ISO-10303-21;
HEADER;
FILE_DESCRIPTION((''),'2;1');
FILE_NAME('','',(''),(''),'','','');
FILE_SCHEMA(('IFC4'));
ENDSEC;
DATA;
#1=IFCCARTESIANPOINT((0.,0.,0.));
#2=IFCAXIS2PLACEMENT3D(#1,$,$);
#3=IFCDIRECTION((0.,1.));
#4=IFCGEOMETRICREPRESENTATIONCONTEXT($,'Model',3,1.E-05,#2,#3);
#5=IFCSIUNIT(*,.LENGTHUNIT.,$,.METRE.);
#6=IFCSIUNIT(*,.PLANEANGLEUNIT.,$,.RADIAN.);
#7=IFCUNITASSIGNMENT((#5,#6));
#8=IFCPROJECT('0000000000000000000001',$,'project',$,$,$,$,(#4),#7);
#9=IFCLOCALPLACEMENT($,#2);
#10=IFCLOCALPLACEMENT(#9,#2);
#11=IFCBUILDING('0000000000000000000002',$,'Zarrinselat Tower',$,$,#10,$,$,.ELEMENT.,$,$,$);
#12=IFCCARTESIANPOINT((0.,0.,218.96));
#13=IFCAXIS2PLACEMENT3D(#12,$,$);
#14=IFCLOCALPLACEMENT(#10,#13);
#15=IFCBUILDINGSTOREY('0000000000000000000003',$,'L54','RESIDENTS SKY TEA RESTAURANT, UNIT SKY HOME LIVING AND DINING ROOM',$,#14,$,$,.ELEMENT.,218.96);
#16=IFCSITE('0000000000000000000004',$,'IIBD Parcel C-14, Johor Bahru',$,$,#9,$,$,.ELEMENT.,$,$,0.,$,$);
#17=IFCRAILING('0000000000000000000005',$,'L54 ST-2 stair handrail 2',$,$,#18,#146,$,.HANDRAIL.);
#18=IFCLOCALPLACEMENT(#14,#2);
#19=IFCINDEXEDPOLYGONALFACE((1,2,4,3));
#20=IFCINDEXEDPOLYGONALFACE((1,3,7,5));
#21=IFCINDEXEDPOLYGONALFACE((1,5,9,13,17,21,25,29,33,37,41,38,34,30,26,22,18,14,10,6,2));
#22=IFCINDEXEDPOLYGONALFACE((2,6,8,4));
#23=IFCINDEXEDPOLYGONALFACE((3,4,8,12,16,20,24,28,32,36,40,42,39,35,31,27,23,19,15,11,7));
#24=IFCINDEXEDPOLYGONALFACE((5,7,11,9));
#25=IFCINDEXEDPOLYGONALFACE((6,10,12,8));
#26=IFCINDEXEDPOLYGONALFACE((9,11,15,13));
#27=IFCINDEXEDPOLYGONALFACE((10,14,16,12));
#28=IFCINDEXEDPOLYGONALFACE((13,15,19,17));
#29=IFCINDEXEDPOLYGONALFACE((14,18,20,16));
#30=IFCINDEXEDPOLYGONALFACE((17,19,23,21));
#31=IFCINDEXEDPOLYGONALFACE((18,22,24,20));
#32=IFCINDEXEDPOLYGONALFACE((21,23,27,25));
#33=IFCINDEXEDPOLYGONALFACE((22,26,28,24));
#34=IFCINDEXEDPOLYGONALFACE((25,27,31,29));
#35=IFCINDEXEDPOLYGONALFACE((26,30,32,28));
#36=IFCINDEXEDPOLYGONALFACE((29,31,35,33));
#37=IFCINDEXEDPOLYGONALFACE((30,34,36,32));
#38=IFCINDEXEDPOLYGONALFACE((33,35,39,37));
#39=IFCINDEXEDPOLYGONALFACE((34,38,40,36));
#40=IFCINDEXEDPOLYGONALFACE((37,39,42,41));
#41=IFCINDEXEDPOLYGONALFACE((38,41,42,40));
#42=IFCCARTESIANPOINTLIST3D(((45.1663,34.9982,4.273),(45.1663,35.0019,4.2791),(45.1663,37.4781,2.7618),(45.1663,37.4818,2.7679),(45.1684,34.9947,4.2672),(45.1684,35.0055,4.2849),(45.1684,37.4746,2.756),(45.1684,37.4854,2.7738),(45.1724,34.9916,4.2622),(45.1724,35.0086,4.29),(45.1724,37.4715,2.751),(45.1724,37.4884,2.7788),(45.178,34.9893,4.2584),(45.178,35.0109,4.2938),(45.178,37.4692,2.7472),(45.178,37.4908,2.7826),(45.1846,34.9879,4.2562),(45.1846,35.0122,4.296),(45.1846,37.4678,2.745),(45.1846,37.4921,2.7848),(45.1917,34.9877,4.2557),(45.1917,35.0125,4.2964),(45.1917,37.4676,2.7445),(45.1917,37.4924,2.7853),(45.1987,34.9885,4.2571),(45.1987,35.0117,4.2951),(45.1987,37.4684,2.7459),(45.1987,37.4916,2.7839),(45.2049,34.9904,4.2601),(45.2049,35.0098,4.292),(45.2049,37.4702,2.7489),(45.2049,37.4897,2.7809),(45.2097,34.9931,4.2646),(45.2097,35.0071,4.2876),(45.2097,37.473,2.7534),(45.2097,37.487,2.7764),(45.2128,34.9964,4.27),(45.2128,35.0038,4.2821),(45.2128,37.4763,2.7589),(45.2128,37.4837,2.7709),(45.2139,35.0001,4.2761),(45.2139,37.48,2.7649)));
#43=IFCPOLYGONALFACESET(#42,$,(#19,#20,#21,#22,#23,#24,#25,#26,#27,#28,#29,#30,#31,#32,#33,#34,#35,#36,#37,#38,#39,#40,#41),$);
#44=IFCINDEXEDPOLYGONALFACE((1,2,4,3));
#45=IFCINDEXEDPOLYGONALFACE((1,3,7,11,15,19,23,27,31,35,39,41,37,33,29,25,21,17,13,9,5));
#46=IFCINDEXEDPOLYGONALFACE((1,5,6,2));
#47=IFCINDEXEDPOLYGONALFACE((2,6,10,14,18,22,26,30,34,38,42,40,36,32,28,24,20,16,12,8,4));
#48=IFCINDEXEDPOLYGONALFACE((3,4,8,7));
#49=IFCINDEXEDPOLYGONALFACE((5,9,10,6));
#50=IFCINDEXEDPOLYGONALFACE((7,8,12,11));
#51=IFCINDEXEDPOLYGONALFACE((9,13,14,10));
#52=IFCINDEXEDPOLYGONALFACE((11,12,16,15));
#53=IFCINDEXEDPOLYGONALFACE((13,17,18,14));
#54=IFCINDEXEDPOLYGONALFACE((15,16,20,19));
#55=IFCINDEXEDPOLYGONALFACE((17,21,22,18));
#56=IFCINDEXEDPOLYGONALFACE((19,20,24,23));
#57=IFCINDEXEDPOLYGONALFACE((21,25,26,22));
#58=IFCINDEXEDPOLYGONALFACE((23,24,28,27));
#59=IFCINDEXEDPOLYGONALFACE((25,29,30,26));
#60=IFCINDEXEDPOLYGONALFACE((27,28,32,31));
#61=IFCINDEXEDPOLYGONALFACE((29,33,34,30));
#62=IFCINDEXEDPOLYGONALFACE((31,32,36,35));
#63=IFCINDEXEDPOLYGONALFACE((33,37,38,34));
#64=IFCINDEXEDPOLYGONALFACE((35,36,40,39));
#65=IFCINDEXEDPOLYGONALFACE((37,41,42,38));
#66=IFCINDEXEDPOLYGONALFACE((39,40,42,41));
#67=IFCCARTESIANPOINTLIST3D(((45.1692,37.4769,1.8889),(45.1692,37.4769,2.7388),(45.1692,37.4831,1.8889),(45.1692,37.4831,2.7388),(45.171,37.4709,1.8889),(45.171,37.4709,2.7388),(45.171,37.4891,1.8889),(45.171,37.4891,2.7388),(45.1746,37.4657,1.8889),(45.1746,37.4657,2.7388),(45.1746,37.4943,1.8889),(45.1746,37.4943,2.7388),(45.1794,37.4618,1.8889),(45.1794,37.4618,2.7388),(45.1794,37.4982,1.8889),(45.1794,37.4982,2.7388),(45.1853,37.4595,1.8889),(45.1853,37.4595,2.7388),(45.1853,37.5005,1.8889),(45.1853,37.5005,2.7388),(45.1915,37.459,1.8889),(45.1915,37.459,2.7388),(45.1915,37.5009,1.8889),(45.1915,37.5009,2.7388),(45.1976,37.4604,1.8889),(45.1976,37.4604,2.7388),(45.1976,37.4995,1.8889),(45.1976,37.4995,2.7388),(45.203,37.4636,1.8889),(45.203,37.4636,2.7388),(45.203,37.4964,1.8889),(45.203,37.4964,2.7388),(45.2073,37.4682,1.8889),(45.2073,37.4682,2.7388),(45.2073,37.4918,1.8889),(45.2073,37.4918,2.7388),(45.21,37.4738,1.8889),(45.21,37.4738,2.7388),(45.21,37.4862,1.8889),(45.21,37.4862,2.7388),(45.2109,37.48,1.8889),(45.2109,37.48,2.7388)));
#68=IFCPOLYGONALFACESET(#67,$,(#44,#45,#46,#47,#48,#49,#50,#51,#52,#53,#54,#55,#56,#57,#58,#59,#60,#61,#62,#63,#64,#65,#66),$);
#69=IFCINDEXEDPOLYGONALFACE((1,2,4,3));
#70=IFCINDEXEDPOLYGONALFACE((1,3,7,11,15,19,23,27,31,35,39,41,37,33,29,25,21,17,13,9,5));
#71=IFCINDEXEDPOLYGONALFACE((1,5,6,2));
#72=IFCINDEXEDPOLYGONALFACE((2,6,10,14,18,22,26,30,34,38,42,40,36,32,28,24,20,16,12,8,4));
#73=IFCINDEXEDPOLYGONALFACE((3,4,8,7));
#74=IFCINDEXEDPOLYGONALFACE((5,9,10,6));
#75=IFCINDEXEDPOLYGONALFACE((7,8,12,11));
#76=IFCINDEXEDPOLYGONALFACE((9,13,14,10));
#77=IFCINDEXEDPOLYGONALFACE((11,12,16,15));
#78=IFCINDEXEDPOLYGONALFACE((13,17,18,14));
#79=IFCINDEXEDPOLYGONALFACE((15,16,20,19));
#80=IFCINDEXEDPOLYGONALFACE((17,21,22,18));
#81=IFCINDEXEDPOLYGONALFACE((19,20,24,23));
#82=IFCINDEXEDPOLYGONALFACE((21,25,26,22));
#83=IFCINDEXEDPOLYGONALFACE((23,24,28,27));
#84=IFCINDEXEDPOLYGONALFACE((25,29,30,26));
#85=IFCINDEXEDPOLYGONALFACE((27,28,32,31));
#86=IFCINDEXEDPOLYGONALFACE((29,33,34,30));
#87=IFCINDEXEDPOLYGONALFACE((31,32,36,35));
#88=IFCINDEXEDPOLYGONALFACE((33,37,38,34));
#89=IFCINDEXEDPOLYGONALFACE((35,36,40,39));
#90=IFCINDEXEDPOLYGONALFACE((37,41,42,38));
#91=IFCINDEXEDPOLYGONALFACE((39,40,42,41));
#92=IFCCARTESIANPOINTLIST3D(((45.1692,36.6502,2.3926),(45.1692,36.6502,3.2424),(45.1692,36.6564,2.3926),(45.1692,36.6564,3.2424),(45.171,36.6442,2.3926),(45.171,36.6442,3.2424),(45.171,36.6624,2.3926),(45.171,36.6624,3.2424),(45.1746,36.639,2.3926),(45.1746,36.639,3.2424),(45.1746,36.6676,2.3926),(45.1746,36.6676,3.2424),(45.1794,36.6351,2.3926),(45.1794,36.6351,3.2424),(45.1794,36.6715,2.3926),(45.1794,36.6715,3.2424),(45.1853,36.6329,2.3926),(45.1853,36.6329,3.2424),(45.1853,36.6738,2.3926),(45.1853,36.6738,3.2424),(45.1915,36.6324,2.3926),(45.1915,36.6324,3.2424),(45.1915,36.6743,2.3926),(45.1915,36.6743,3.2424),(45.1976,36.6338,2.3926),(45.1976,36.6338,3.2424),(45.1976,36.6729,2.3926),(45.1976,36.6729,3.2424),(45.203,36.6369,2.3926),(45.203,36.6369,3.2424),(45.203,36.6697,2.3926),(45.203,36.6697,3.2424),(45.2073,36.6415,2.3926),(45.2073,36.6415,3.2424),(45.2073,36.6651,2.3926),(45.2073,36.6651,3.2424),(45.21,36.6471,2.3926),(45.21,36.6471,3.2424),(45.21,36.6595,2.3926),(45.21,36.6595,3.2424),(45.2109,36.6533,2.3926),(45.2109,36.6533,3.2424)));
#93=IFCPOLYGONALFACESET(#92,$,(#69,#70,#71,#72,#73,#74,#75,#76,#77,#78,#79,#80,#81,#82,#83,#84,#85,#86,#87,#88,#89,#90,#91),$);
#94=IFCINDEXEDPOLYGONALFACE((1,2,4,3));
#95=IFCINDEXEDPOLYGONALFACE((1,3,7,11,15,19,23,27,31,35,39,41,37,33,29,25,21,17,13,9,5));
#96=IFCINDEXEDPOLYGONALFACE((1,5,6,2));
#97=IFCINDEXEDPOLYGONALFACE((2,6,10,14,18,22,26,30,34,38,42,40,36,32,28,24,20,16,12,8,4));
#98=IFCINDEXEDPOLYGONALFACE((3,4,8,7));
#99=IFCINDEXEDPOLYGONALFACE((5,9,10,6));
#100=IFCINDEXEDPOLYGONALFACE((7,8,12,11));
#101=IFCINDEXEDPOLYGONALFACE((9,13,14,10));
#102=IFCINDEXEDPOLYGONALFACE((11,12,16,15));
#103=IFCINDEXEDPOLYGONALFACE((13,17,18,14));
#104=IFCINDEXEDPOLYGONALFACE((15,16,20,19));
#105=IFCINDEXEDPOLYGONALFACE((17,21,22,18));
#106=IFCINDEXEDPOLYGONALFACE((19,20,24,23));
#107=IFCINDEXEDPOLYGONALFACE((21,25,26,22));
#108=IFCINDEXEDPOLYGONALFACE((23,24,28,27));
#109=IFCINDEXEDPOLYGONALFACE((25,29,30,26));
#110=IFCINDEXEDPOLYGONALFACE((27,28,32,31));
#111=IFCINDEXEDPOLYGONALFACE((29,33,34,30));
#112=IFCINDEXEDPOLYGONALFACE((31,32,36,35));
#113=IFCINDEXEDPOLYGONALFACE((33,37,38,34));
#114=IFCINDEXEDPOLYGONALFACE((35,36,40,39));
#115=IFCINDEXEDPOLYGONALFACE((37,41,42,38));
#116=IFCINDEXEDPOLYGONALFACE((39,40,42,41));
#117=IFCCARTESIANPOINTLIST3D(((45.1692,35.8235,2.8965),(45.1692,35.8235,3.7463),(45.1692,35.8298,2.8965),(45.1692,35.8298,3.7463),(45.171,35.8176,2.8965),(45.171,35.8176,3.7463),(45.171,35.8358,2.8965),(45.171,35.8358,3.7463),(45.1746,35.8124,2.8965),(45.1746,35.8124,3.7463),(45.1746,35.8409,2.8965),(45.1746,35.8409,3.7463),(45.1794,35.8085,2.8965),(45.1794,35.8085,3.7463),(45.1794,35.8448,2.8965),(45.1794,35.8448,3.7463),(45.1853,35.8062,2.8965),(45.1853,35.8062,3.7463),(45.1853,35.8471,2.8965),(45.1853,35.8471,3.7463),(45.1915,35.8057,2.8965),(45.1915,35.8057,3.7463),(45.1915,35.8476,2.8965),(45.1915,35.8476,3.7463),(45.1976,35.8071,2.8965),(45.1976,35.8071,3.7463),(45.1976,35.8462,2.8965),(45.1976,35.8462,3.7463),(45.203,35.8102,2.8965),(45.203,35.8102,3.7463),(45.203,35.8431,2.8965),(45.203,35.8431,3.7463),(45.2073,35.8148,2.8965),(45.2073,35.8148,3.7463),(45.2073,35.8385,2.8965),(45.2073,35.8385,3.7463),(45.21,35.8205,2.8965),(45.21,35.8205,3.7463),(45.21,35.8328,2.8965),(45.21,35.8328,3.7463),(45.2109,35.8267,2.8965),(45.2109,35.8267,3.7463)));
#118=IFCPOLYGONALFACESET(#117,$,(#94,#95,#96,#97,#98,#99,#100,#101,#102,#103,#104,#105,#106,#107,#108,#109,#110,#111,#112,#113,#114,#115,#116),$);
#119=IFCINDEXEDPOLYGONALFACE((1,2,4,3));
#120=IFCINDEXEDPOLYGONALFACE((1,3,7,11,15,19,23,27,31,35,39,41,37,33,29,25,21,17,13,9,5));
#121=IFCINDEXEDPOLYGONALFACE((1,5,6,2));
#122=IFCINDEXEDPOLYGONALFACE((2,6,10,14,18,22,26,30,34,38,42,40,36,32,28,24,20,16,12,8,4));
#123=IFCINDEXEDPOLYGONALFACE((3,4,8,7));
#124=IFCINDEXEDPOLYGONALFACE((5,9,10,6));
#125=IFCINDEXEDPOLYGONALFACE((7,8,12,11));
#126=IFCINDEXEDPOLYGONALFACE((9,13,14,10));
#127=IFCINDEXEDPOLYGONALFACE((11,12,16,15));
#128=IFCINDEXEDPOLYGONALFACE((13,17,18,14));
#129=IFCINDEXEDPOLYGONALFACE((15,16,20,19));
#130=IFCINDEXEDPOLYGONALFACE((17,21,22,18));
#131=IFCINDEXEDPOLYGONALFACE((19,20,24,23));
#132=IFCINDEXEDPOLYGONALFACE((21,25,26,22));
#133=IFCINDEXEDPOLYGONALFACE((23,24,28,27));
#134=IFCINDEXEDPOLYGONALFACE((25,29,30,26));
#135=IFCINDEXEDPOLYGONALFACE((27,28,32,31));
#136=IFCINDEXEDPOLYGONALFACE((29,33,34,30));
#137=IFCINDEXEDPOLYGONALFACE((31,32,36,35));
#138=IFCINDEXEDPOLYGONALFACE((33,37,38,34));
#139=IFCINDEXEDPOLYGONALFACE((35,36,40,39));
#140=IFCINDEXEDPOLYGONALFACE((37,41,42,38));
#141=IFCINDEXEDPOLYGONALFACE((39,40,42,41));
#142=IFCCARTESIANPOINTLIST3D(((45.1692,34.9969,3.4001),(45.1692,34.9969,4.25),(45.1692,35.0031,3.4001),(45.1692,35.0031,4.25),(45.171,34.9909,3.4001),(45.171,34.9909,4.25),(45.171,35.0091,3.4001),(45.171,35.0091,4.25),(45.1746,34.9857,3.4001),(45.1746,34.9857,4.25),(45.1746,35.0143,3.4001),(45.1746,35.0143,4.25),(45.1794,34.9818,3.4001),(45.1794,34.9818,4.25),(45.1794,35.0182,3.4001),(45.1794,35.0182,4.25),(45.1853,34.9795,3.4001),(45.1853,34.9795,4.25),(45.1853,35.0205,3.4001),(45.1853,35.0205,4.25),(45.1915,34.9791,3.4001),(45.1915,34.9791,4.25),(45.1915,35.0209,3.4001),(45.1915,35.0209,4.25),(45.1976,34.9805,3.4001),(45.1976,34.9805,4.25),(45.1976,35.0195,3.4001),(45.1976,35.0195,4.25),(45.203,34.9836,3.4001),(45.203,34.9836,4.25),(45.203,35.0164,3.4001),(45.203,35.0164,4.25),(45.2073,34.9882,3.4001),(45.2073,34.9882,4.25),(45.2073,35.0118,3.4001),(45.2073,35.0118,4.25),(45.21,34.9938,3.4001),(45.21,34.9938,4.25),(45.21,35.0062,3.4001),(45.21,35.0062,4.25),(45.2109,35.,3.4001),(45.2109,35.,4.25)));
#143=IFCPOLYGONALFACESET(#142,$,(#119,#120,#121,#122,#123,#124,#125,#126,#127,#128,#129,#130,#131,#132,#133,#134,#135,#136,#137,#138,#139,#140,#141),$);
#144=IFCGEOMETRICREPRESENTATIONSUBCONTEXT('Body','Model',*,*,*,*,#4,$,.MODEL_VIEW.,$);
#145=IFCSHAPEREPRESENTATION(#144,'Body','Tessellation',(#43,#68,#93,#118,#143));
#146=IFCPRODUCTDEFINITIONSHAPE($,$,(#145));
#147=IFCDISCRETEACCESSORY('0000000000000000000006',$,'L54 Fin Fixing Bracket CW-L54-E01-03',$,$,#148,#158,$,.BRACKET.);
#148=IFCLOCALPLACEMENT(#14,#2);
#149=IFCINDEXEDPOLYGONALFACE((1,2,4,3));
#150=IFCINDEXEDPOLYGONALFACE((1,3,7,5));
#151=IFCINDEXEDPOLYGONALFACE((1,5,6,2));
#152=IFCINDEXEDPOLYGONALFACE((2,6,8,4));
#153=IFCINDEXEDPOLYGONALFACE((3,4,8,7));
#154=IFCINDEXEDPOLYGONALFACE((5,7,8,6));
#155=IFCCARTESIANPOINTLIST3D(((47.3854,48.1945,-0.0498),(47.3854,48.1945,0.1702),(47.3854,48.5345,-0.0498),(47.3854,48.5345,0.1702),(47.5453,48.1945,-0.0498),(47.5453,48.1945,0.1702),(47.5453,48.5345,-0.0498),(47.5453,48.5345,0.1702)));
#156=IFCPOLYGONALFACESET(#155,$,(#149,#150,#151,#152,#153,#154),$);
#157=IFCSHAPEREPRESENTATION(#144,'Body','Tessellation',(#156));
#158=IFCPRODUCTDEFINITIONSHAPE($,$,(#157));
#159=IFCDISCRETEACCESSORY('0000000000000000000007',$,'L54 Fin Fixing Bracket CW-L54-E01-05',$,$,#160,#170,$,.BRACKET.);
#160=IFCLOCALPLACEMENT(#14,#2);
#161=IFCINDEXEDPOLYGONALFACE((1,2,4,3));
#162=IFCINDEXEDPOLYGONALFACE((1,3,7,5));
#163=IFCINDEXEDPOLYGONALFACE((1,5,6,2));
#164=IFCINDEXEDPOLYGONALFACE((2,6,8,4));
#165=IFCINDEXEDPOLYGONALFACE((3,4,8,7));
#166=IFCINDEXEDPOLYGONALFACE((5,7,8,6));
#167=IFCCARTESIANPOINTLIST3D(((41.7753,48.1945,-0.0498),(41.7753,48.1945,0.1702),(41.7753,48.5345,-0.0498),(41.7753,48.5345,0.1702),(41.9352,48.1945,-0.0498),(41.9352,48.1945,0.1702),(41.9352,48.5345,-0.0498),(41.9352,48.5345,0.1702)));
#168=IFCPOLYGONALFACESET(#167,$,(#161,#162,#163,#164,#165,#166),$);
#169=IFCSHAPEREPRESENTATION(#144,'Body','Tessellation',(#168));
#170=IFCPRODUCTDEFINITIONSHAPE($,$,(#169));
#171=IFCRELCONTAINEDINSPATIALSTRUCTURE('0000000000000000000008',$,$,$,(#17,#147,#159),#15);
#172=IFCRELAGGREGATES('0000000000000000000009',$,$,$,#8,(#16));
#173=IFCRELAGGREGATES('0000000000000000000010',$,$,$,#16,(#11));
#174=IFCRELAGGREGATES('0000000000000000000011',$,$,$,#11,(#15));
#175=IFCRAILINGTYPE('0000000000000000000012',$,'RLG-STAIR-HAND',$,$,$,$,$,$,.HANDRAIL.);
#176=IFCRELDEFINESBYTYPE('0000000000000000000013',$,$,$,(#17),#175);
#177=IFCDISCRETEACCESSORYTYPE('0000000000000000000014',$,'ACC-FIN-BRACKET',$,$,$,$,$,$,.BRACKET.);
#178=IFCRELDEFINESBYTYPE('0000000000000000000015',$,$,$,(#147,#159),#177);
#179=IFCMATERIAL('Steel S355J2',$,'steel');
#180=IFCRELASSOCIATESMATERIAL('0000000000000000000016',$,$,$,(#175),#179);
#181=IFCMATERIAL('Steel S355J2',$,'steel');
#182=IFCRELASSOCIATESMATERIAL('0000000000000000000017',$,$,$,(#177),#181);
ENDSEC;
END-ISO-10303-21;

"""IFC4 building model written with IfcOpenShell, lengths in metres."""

from ifc_helpers import new_model, si_unit, direction, frame, origin, origin_2d, place, context, subcontext, project, spatial, rectangle, circle, extrude, material, type_object, element, save


model = new_model("IFC4")

# Units and contexts
model_context = context("Model", 3, precision=1e-05, world=origin(), true_north=direction((0.0, 1.0)))
body_context = subcontext(model_context, "Body", "Model", "MODEL_VIEW")
ifc_project = project(units=[si_unit("LENGTHUNIT", "METRE"), si_unit("PLANEANGLEUNIT", "RADIAN")], contexts=[model_context])

# Site, building, storey
site_placement = place(None, origin())
site = spatial("IfcSite", under=ifc_project, at=site_placement, Name="IIBD Parcel C-14, Johor Bahru", CompositionType="ELEMENT", RefElevation=0.0)
building_placement = place(site_placement, origin())
building = spatial("IfcBuilding", under=site, at=building_placement, Name="Zarrinselat Tower", CompositionType="ELEMENT")
storey_placement = place(building_placement, frame((0.0, 0.0, 218.96)))
storey = spatial("IfcBuildingStorey", under=building, at=storey_placement, Name="L54", Description="RESIDENTS SKY TEA RESTAURANT, UNIT SKY HOME LIVING AND DINING ROOM", CompositionType="ELEMENT", Elevation=218.96)

# Railing
ifc_material_1 = material(Name="Steel S355J2", Category="steel")
railing_type_1 = type_object("IfcRailingType", Name="RLG-STAIR-HAND", PredefinedType="HANDRAIL", material=ifc_material_1)
railing_1_placement = place(storey_placement, frame((45.1899, 37.48, 1.8889)))
element("IfcRailing", 1, at=railing_1_placement, inside=storey, type_object=railing_type_1, Name="L54 ST-2 stair handrail 2", PredefinedType="HANDRAIL", context=body_context, shape_type="SweptSolid", body=[
    extrude(circle(Radius=0.0239, at=origin_2d()), frame((0.0, 0.0, 0.876), z_axis=(0.0, -0.853942, 0.520368), x_axis=(1.0, 0.0, 0.0)), (0.0, 0.0, 1.0), 2.9041),
    extrude(circle(Radius=0.021, at=origin_2d()), origin(), (0.0, 0.0, 1.0), 0.8499),
    extrude(circle(Radius=0.021, at=origin_2d()), frame((0.0, -0.8267, 0.5037)), (0.0, 0.0, 1.0), 0.8499),
    extrude(circle(Radius=0.021, at=origin_2d()), frame((0.0, -1.6533, 1.0076)), (0.0, 0.0, 1.0), 0.8499),
    extrude(circle(Radius=0.021, at=origin_2d()), frame((0.0, -2.48, 1.5112)), (0.0, 0.0, 1.0), 0.8499),
])

# Discrete accessories
ifc_material_2 = material(Name="Steel S355J2", Category="steel")
discrete_accessory_type = type_object("IfcDiscreteAccessoryType", Name="ACC-FIN-BRACKET", PredefinedType="BRACKET", material=ifc_material_2)
for number, where, z_axis, x_axis, name in (
    (2, (47.4653, 48.3645, -0.0498), (0.0, 0.0, 1.0), (0.0, 1.0, 0.0), "L54 Fin Fixing Bracket CW-L54-E01-03"),
    (3, (41.8552, 48.3645, -0.0498), (0.0, 0.0, 1.0), (0.0, 1.0, 0.0), "L54 Fin Fixing Bracket CW-L54-E01-05"),
):
    element("IfcDiscreteAccessory", number, at=place(storey_placement, frame(where, z_axis=z_axis, x_axis=x_axis)), inside=storey, type_object=discrete_accessory_type, Name=name, PredefinedType="BRACKET", context=body_context, shape_type="SweptSolid", body=[
        extrude(rectangle(XDim=0.3401, YDim=0.1599, at=origin_2d()), origin(), (0.0, 0.0, 1.0), 0.22),
    ])

save(model, "model.ifc")
